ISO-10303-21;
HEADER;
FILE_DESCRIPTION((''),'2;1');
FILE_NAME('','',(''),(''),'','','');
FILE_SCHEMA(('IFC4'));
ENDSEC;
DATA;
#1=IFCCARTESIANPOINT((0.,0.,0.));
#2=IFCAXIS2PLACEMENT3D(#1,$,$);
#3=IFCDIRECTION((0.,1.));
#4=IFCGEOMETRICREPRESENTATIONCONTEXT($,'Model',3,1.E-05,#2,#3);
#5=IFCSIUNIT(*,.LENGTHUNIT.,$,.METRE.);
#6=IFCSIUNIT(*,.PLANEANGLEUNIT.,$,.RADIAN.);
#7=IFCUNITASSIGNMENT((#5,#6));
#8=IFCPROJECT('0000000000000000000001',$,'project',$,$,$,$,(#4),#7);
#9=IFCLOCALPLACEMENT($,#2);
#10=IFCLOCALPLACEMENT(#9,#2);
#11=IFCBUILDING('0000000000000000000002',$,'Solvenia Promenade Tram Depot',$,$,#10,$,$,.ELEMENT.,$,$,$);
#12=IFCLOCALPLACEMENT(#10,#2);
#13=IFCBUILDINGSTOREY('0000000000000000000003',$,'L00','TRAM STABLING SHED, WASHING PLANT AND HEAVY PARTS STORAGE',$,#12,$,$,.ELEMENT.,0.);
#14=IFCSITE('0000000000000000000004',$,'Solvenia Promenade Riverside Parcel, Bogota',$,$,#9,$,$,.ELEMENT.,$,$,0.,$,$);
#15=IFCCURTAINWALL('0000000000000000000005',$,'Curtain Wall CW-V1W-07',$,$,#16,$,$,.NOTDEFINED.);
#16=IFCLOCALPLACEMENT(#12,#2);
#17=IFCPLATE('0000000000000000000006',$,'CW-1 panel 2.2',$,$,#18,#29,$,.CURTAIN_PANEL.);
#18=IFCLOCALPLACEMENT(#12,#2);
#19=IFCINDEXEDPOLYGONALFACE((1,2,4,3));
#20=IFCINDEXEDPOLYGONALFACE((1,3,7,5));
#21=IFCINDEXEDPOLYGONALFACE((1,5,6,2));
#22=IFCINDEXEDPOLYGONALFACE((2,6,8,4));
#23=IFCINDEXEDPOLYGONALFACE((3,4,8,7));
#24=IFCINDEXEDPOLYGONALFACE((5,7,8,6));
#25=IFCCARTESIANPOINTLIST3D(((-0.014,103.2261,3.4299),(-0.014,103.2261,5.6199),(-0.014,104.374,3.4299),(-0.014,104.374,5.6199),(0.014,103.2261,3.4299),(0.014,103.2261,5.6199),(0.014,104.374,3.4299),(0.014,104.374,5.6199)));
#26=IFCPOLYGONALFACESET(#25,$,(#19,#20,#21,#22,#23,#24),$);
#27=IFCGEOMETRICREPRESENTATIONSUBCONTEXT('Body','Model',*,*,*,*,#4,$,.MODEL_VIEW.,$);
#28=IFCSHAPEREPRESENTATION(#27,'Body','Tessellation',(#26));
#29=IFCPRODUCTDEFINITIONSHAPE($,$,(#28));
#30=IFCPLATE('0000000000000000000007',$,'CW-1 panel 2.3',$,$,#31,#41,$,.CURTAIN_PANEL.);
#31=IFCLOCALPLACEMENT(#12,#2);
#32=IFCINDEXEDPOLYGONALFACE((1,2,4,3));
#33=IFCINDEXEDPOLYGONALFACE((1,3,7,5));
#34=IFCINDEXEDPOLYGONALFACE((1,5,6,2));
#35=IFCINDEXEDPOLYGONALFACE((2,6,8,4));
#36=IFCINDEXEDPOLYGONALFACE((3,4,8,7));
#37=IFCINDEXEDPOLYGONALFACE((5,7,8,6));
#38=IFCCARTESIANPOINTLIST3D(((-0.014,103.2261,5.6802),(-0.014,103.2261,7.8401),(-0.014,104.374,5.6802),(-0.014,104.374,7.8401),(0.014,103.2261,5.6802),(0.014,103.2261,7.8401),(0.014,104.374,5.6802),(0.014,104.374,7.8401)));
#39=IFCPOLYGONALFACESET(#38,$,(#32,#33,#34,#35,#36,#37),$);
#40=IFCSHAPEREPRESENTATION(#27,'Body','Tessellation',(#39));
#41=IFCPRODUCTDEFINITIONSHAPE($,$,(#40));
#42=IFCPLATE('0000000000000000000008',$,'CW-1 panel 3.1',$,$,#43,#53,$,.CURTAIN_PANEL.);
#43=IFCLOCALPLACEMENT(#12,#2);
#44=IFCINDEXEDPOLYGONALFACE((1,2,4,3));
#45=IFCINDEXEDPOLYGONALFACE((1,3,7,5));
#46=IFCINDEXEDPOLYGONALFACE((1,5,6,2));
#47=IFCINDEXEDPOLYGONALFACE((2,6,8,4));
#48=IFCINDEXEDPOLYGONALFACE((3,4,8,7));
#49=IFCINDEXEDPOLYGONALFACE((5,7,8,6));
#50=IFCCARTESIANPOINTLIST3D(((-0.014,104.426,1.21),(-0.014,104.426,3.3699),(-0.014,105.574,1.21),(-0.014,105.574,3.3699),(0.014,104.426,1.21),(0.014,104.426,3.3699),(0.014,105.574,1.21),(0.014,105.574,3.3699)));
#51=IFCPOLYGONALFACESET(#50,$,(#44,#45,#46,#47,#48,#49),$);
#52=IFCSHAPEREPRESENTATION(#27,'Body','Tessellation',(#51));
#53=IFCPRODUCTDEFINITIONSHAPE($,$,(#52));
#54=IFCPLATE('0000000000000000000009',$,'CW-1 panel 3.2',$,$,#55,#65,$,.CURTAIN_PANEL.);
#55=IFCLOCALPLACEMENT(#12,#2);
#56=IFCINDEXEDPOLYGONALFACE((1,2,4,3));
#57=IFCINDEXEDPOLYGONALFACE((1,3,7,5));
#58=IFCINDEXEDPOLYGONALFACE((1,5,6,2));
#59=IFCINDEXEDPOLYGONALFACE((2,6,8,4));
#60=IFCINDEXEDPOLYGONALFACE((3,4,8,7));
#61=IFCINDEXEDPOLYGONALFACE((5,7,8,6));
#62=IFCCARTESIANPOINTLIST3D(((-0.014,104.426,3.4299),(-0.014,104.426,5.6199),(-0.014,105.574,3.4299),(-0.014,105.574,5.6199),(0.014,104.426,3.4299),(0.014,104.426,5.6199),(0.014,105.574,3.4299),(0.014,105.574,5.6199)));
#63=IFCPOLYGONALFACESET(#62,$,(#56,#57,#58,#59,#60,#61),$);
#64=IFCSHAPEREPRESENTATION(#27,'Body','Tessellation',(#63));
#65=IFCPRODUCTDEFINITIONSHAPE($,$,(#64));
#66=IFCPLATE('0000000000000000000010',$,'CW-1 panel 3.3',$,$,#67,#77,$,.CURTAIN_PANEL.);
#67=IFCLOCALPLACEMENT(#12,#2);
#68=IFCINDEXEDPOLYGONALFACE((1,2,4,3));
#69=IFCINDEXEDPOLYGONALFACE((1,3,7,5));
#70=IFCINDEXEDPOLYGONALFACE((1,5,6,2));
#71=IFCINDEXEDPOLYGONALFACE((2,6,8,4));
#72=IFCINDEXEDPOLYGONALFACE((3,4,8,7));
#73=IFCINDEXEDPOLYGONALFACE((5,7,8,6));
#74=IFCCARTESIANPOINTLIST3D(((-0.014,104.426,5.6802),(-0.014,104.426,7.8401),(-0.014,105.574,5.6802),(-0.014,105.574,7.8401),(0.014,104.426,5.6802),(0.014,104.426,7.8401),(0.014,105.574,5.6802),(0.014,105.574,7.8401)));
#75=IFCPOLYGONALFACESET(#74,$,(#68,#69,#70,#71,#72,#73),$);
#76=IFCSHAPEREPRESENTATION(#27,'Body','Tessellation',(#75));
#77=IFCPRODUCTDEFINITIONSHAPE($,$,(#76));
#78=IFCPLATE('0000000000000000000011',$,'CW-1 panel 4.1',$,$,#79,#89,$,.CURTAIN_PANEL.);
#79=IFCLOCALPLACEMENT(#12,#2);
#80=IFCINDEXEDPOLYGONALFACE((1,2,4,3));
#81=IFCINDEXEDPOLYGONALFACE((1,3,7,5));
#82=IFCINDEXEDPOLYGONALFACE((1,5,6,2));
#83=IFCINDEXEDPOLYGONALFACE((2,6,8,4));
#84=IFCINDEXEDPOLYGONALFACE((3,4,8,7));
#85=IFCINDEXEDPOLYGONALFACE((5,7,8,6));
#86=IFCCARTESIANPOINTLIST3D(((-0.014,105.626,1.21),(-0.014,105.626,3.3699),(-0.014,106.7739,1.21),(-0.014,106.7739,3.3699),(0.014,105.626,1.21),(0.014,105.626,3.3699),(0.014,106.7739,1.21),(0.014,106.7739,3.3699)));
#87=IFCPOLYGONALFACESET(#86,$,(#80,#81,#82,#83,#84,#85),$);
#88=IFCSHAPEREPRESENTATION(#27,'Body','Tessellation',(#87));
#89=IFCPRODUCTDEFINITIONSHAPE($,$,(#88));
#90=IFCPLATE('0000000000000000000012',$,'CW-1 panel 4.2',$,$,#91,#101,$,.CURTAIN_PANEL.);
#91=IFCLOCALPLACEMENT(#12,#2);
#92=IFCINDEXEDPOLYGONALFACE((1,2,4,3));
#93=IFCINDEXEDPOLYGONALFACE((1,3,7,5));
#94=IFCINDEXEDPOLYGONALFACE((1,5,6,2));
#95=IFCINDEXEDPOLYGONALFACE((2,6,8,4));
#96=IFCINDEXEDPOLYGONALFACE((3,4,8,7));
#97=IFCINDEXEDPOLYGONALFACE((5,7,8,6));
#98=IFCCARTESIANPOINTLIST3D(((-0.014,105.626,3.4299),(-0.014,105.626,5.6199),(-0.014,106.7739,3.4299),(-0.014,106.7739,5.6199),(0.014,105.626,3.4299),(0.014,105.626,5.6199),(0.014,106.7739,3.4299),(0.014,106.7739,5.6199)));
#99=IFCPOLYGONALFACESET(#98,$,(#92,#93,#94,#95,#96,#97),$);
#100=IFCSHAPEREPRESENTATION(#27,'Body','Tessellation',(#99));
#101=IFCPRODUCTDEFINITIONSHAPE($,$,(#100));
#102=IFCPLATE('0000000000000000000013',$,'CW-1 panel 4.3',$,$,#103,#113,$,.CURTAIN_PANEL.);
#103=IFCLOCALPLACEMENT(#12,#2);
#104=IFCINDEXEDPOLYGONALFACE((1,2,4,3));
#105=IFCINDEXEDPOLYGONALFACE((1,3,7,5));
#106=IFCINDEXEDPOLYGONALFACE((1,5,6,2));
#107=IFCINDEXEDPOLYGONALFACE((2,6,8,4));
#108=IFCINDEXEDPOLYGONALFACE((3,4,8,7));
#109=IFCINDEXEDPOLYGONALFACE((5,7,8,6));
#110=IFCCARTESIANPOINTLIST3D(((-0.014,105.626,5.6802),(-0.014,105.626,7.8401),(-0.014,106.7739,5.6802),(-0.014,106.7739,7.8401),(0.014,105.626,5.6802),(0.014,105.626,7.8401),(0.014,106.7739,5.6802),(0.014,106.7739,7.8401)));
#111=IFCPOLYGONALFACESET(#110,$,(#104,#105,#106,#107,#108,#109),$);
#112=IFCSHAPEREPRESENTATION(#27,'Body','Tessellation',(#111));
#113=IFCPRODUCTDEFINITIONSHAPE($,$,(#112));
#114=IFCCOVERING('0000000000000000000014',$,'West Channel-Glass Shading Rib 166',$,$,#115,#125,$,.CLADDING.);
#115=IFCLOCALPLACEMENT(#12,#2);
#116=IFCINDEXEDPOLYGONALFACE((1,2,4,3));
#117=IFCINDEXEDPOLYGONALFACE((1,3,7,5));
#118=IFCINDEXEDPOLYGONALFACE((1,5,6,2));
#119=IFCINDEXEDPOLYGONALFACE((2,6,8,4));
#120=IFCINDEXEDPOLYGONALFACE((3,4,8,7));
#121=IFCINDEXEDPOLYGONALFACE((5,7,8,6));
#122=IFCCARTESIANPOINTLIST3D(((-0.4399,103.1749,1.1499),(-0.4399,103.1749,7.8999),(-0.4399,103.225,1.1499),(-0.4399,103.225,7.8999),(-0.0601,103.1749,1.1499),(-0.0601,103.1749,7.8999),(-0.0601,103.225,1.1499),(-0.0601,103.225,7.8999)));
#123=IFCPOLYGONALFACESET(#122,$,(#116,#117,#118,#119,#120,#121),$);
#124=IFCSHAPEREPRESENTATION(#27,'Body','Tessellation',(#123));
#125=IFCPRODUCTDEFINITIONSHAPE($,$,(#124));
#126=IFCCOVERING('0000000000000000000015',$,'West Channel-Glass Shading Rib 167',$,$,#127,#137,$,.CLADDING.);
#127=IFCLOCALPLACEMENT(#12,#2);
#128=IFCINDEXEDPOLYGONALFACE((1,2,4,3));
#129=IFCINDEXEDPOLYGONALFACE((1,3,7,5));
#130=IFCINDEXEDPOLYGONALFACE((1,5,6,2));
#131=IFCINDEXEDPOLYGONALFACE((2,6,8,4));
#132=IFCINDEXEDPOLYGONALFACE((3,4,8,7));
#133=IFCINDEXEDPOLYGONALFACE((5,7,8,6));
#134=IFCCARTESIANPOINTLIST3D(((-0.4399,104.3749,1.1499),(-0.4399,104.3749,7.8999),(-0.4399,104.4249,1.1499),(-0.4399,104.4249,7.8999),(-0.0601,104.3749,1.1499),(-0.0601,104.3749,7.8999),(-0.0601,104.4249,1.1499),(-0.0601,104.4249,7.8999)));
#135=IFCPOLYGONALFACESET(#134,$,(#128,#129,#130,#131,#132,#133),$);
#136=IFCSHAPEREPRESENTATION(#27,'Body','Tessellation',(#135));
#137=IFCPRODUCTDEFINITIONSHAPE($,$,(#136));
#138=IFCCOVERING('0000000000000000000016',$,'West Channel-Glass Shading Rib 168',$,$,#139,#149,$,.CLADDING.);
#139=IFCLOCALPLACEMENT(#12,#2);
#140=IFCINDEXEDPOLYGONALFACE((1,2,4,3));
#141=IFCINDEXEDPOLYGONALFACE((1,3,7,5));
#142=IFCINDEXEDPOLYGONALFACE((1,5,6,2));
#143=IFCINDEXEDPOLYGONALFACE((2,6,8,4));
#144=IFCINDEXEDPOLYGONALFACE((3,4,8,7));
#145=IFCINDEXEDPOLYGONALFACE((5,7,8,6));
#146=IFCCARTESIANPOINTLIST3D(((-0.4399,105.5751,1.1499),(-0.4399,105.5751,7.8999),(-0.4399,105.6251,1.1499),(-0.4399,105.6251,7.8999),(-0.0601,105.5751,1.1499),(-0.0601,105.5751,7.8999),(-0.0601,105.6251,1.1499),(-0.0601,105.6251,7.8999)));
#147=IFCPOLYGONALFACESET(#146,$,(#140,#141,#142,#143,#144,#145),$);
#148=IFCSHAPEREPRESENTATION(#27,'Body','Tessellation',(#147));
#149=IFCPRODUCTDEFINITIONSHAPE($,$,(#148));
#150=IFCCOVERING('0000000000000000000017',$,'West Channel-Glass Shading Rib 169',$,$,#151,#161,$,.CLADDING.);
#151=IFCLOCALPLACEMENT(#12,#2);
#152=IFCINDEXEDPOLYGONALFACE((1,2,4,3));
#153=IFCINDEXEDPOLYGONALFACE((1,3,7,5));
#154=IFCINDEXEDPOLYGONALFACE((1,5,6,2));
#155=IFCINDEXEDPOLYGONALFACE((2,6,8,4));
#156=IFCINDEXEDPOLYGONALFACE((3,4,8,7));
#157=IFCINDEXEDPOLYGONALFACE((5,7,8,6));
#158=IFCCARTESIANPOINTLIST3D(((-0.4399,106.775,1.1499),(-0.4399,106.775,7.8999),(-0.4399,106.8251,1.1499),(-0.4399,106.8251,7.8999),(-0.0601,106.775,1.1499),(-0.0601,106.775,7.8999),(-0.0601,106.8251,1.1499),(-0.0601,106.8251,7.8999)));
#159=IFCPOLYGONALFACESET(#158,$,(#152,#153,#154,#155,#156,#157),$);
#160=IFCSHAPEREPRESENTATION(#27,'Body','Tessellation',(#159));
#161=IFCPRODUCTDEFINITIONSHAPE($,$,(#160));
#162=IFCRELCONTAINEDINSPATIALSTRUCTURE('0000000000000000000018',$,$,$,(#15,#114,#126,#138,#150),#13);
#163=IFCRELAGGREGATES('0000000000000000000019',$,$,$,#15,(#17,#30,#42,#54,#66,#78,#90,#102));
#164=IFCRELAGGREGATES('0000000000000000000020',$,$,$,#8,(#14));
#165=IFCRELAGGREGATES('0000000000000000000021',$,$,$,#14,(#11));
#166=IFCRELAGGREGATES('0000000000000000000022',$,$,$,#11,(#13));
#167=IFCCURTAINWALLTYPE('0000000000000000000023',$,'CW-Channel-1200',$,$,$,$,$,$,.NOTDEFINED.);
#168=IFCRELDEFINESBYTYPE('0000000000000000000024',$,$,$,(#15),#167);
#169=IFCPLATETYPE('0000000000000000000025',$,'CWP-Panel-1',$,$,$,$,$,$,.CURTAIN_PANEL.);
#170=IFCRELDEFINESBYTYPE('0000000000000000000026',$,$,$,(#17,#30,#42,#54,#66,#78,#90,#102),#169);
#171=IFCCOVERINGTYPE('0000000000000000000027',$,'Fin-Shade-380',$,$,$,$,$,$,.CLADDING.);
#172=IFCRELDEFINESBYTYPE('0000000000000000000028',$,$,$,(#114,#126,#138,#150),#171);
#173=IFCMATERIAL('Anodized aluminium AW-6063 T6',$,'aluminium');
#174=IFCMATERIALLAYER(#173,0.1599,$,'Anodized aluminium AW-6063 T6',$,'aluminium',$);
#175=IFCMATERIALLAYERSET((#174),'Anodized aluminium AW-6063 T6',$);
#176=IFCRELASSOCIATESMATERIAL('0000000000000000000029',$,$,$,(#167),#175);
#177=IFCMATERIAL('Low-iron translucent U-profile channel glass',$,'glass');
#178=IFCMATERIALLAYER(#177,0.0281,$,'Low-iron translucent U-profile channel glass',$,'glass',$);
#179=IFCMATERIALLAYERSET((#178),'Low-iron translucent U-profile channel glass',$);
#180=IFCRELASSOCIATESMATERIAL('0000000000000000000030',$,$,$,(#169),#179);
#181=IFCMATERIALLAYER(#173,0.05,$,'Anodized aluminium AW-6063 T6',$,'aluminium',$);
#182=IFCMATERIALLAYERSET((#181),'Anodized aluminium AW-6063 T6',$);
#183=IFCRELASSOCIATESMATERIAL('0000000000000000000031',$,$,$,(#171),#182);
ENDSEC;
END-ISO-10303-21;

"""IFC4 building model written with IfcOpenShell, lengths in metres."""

from ifc_helpers import new_model, si_unit, direction, frame, origin, origin_2d, place, context, subcontext, project, spatial, rectangle, extrude, material, layer, layer_set, type_object, element, aggregate, save


model = new_model("IFC4")

# Units and contexts
model_context = context("Model", 3, precision=1e-05, world=origin(), true_north=direction((0.0, 1.0)))
body_context = subcontext(model_context, "Body", "Model", "MODEL_VIEW")
ifc_project = project(units=[si_unit("LENGTHUNIT", "METRE"), si_unit("PLANEANGLEUNIT", "RADIAN")], contexts=[model_context])

# Site, building, storey
site_placement = place(None, origin())
site = spatial("IfcSite", under=ifc_project, at=site_placement, Name="Solvenia Promenade Riverside Parcel, Bogota", CompositionType="ELEMENT", RefElevation=0.0)
building_placement = place(site_placement, origin())
building = spatial("IfcBuilding", under=site, at=building_placement, Name="Solvenia Promenade Tram Depot", CompositionType="ELEMENT")
storey_placement = place(building_placement, origin())
storey = spatial("IfcBuildingStorey", under=building, at=storey_placement, Name="L00", Description="TRAM STABLING SHED, WASHING PLANT AND HEAVY PARTS STORAGE", CompositionType="ELEMENT", Elevation=0.0)

# Curtain wall, plates
ifc_material_1 = material(Name="Anodized aluminium AW-6063 T6", Category="aluminium")
ifc_layer_1 = layer(ifc_material_1, 0.1599, Name="Anodized aluminium AW-6063 T6", Category="aluminium")
ifc_layer_set_1 = layer_set([ifc_layer_1], Name="Anodized aluminium AW-6063 T6")
curtain_wall_type = type_object("IfcCurtainWallType", Name="CW-Channel-1200", PredefinedType="NOTDEFINED", material=ifc_layer_set_1)
curtain_wall_placement = place(storey_placement, origin())
curtain_wall = element("IfcCurtainWall", 1, at=curtain_wall_placement, inside=storey, type_object=curtain_wall_type, Name="Curtain Wall CW-V1W-07", PredefinedType="NOTDEFINED")
ifc_material_2 = material(Name="Low-iron translucent U-profile channel glass", Category="glass")
ifc_layer_2 = layer(ifc_material_2, 0.0281, Name="Low-iron translucent U-profile channel glass", Category="glass")
ifc_layer_set_2 = layer_set([ifc_layer_2], Name="Low-iron translucent U-profile channel glass")
plate_type = type_object("IfcPlateType", Name="CWP-Panel-1", PredefinedType="CURTAIN_PANEL", material=ifc_layer_set_2)
plate_1_placement = place(storey_placement, frame((0.0, 103.8, 3.4299), z_axis=(0.0, 0.0, 1.0), x_axis=(0.0, 1.0, 0.0)))
plate_1 = element("IfcPlate", 2, at=plate_1_placement, type_object=plate_type, Name="CW-1 panel 2.2", PredefinedType="CURTAIN_PANEL", context=body_context, shape_type="SweptSolid", body=[
    extrude(rectangle(XDim=1.1479, YDim=0.0281, at=origin_2d()), origin(), (0.0, 0.0, 1.0), 2.1899),
])
plate_2_placement = place(storey_placement, frame((0.0, 103.8, 5.6802), z_axis=(0.0, 0.0, 1.0), x_axis=(0.0, 1.0, 0.0)))
plate_2 = element("IfcPlate", 3, at=plate_2_placement, type_object=plate_type, Name="CW-1 panel 2.3", PredefinedType="CURTAIN_PANEL", context=body_context, shape_type="SweptSolid", body=[
    extrude(rectangle(XDim=1.1479, YDim=0.0281, at=origin_2d()), origin(), (0.0, 0.0, 1.0), 2.1599),
])
plate_3_placement = place(storey_placement, frame((0.0, 105.0, 1.21), z_axis=(0.0, 0.0, 1.0), x_axis=(0.0, 1.0, 0.0)))
plate_3 = element("IfcPlate", 4, at=plate_3_placement, type_object=plate_type, Name="CW-1 panel 3.1", PredefinedType="CURTAIN_PANEL", context=body_context, shape_type="SweptSolid", body=[
    extrude(rectangle(XDim=1.1479, YDim=0.0281, at=origin_2d()), origin(), (0.0, 0.0, 1.0), 2.1599),
])
plate_4_placement = place(storey_placement, frame((0.0, 105.0, 3.4299), z_axis=(0.0, 0.0, 1.0), x_axis=(0.0, 1.0, 0.0)))
plate_4 = element("IfcPlate", 5, at=plate_4_placement, type_object=plate_type, Name="CW-1 panel 3.2", PredefinedType="CURTAIN_PANEL", context=body_context, shape_type="SweptSolid", body=[
    extrude(rectangle(XDim=1.1479, YDim=0.0281, at=origin_2d()), origin(), (0.0, 0.0, 1.0), 2.1899),
])
plate_5_placement = place(storey_placement, frame((0.0, 105.0, 5.6802), z_axis=(0.0, 0.0, 1.0), x_axis=(0.0, 1.0, 0.0)))
plate_5 = element("IfcPlate", 6, at=plate_5_placement, type_object=plate_type, Name="CW-1 panel 3.3", PredefinedType="CURTAIN_PANEL", context=body_context, shape_type="SweptSolid", body=[
    extrude(rectangle(XDim=1.1479, YDim=0.0281, at=origin_2d()), origin(), (0.0, 0.0, 1.0), 2.1599),
])
plate_6_placement = place(storey_placement, frame((0.0, 106.2, 1.21), z_axis=(0.0, 0.0, 1.0), x_axis=(0.0, 1.0, 0.0)))
plate_6 = element("IfcPlate", 7, at=plate_6_placement, type_object=plate_type, Name="CW-1 panel 4.1", PredefinedType="CURTAIN_PANEL", context=body_context, shape_type="SweptSolid", body=[
    extrude(rectangle(XDim=1.1479, YDim=0.0281, at=origin_2d()), origin(), (0.0, 0.0, 1.0), 2.1599),
])
plate_7_placement = place(storey_placement, frame((0.0, 106.2, 3.4299), z_axis=(0.0, 0.0, 1.0), x_axis=(0.0, 1.0, 0.0)))
plate_7 = element("IfcPlate", 8, at=plate_7_placement, type_object=plate_type, Name="CW-1 panel 4.2", PredefinedType="CURTAIN_PANEL", context=body_context, shape_type="SweptSolid", body=[
    extrude(rectangle(XDim=1.1479, YDim=0.0281, at=origin_2d()), origin(), (0.0, 0.0, 1.0), 2.1899),
])
plate_8_placement = place(storey_placement, frame((0.0, 106.2, 5.6802), z_axis=(0.0, 0.0, 1.0), x_axis=(0.0, 1.0, 0.0)))
plate_8 = element("IfcPlate", 9, at=plate_8_placement, type_object=plate_type, Name="CW-1 panel 4.3", PredefinedType="CURTAIN_PANEL", context=body_context, shape_type="SweptSolid", body=[
    extrude(rectangle(XDim=1.1479, YDim=0.0281, at=origin_2d()), origin(), (0.0, 0.0, 1.0), 2.1599),
])
aggregate(curtain_wall, [plate_1, plate_2, plate_3, plate_4, plate_5, plate_6, plate_7, plate_8])

# Coverings
ifc_layer_3 = layer(ifc_material_1, 0.05, Name="Anodized aluminium AW-6063 T6", Category="aluminium")
ifc_layer_set_3 = layer_set([ifc_layer_3], Name="Anodized aluminium AW-6063 T6")
covering_type = type_object("IfcCoveringType", Name="Fin-Shade-380", PredefinedType="CLADDING", material=ifc_layer_set_3)
for number, where, z_axis, x_axis, name in (
    (10, (-0.25, 103.2, 1.1499), (0.0, 0.0, 1.0), (1.0, 0.0, 0.0), "West Channel-Glass Shading Rib 166"),
    (11, (-0.25, 104.3999, 1.1499), (0.0, 0.0, 1.0), (1.0, 0.0, 0.0), "West Channel-Glass Shading Rib 167"),
    (12, (-0.25, 105.6001, 1.1499), (0.0, 0.0, 1.0), (1.0, 0.0, 0.0), "West Channel-Glass Shading Rib 168"),
    (13, (-0.25, 106.8, 1.1499), (0.0, 0.0, 1.0), (1.0, 0.0, 0.0), "West Channel-Glass Shading Rib 169"),
):
    element("IfcCovering", number, at=place(storey_placement, frame(where, z_axis=z_axis, x_axis=x_axis)), inside=storey, type_object=covering_type, Name=name, PredefinedType="CLADDING", context=body_context, shape_type="SweptSolid", body=[
        extrude(rectangle(XDim=0.3799, YDim=0.05, at=origin_2d()), origin(), (0.0, 0.0, 1.0), 6.75),
    ])

save(model, "model.ifc")
